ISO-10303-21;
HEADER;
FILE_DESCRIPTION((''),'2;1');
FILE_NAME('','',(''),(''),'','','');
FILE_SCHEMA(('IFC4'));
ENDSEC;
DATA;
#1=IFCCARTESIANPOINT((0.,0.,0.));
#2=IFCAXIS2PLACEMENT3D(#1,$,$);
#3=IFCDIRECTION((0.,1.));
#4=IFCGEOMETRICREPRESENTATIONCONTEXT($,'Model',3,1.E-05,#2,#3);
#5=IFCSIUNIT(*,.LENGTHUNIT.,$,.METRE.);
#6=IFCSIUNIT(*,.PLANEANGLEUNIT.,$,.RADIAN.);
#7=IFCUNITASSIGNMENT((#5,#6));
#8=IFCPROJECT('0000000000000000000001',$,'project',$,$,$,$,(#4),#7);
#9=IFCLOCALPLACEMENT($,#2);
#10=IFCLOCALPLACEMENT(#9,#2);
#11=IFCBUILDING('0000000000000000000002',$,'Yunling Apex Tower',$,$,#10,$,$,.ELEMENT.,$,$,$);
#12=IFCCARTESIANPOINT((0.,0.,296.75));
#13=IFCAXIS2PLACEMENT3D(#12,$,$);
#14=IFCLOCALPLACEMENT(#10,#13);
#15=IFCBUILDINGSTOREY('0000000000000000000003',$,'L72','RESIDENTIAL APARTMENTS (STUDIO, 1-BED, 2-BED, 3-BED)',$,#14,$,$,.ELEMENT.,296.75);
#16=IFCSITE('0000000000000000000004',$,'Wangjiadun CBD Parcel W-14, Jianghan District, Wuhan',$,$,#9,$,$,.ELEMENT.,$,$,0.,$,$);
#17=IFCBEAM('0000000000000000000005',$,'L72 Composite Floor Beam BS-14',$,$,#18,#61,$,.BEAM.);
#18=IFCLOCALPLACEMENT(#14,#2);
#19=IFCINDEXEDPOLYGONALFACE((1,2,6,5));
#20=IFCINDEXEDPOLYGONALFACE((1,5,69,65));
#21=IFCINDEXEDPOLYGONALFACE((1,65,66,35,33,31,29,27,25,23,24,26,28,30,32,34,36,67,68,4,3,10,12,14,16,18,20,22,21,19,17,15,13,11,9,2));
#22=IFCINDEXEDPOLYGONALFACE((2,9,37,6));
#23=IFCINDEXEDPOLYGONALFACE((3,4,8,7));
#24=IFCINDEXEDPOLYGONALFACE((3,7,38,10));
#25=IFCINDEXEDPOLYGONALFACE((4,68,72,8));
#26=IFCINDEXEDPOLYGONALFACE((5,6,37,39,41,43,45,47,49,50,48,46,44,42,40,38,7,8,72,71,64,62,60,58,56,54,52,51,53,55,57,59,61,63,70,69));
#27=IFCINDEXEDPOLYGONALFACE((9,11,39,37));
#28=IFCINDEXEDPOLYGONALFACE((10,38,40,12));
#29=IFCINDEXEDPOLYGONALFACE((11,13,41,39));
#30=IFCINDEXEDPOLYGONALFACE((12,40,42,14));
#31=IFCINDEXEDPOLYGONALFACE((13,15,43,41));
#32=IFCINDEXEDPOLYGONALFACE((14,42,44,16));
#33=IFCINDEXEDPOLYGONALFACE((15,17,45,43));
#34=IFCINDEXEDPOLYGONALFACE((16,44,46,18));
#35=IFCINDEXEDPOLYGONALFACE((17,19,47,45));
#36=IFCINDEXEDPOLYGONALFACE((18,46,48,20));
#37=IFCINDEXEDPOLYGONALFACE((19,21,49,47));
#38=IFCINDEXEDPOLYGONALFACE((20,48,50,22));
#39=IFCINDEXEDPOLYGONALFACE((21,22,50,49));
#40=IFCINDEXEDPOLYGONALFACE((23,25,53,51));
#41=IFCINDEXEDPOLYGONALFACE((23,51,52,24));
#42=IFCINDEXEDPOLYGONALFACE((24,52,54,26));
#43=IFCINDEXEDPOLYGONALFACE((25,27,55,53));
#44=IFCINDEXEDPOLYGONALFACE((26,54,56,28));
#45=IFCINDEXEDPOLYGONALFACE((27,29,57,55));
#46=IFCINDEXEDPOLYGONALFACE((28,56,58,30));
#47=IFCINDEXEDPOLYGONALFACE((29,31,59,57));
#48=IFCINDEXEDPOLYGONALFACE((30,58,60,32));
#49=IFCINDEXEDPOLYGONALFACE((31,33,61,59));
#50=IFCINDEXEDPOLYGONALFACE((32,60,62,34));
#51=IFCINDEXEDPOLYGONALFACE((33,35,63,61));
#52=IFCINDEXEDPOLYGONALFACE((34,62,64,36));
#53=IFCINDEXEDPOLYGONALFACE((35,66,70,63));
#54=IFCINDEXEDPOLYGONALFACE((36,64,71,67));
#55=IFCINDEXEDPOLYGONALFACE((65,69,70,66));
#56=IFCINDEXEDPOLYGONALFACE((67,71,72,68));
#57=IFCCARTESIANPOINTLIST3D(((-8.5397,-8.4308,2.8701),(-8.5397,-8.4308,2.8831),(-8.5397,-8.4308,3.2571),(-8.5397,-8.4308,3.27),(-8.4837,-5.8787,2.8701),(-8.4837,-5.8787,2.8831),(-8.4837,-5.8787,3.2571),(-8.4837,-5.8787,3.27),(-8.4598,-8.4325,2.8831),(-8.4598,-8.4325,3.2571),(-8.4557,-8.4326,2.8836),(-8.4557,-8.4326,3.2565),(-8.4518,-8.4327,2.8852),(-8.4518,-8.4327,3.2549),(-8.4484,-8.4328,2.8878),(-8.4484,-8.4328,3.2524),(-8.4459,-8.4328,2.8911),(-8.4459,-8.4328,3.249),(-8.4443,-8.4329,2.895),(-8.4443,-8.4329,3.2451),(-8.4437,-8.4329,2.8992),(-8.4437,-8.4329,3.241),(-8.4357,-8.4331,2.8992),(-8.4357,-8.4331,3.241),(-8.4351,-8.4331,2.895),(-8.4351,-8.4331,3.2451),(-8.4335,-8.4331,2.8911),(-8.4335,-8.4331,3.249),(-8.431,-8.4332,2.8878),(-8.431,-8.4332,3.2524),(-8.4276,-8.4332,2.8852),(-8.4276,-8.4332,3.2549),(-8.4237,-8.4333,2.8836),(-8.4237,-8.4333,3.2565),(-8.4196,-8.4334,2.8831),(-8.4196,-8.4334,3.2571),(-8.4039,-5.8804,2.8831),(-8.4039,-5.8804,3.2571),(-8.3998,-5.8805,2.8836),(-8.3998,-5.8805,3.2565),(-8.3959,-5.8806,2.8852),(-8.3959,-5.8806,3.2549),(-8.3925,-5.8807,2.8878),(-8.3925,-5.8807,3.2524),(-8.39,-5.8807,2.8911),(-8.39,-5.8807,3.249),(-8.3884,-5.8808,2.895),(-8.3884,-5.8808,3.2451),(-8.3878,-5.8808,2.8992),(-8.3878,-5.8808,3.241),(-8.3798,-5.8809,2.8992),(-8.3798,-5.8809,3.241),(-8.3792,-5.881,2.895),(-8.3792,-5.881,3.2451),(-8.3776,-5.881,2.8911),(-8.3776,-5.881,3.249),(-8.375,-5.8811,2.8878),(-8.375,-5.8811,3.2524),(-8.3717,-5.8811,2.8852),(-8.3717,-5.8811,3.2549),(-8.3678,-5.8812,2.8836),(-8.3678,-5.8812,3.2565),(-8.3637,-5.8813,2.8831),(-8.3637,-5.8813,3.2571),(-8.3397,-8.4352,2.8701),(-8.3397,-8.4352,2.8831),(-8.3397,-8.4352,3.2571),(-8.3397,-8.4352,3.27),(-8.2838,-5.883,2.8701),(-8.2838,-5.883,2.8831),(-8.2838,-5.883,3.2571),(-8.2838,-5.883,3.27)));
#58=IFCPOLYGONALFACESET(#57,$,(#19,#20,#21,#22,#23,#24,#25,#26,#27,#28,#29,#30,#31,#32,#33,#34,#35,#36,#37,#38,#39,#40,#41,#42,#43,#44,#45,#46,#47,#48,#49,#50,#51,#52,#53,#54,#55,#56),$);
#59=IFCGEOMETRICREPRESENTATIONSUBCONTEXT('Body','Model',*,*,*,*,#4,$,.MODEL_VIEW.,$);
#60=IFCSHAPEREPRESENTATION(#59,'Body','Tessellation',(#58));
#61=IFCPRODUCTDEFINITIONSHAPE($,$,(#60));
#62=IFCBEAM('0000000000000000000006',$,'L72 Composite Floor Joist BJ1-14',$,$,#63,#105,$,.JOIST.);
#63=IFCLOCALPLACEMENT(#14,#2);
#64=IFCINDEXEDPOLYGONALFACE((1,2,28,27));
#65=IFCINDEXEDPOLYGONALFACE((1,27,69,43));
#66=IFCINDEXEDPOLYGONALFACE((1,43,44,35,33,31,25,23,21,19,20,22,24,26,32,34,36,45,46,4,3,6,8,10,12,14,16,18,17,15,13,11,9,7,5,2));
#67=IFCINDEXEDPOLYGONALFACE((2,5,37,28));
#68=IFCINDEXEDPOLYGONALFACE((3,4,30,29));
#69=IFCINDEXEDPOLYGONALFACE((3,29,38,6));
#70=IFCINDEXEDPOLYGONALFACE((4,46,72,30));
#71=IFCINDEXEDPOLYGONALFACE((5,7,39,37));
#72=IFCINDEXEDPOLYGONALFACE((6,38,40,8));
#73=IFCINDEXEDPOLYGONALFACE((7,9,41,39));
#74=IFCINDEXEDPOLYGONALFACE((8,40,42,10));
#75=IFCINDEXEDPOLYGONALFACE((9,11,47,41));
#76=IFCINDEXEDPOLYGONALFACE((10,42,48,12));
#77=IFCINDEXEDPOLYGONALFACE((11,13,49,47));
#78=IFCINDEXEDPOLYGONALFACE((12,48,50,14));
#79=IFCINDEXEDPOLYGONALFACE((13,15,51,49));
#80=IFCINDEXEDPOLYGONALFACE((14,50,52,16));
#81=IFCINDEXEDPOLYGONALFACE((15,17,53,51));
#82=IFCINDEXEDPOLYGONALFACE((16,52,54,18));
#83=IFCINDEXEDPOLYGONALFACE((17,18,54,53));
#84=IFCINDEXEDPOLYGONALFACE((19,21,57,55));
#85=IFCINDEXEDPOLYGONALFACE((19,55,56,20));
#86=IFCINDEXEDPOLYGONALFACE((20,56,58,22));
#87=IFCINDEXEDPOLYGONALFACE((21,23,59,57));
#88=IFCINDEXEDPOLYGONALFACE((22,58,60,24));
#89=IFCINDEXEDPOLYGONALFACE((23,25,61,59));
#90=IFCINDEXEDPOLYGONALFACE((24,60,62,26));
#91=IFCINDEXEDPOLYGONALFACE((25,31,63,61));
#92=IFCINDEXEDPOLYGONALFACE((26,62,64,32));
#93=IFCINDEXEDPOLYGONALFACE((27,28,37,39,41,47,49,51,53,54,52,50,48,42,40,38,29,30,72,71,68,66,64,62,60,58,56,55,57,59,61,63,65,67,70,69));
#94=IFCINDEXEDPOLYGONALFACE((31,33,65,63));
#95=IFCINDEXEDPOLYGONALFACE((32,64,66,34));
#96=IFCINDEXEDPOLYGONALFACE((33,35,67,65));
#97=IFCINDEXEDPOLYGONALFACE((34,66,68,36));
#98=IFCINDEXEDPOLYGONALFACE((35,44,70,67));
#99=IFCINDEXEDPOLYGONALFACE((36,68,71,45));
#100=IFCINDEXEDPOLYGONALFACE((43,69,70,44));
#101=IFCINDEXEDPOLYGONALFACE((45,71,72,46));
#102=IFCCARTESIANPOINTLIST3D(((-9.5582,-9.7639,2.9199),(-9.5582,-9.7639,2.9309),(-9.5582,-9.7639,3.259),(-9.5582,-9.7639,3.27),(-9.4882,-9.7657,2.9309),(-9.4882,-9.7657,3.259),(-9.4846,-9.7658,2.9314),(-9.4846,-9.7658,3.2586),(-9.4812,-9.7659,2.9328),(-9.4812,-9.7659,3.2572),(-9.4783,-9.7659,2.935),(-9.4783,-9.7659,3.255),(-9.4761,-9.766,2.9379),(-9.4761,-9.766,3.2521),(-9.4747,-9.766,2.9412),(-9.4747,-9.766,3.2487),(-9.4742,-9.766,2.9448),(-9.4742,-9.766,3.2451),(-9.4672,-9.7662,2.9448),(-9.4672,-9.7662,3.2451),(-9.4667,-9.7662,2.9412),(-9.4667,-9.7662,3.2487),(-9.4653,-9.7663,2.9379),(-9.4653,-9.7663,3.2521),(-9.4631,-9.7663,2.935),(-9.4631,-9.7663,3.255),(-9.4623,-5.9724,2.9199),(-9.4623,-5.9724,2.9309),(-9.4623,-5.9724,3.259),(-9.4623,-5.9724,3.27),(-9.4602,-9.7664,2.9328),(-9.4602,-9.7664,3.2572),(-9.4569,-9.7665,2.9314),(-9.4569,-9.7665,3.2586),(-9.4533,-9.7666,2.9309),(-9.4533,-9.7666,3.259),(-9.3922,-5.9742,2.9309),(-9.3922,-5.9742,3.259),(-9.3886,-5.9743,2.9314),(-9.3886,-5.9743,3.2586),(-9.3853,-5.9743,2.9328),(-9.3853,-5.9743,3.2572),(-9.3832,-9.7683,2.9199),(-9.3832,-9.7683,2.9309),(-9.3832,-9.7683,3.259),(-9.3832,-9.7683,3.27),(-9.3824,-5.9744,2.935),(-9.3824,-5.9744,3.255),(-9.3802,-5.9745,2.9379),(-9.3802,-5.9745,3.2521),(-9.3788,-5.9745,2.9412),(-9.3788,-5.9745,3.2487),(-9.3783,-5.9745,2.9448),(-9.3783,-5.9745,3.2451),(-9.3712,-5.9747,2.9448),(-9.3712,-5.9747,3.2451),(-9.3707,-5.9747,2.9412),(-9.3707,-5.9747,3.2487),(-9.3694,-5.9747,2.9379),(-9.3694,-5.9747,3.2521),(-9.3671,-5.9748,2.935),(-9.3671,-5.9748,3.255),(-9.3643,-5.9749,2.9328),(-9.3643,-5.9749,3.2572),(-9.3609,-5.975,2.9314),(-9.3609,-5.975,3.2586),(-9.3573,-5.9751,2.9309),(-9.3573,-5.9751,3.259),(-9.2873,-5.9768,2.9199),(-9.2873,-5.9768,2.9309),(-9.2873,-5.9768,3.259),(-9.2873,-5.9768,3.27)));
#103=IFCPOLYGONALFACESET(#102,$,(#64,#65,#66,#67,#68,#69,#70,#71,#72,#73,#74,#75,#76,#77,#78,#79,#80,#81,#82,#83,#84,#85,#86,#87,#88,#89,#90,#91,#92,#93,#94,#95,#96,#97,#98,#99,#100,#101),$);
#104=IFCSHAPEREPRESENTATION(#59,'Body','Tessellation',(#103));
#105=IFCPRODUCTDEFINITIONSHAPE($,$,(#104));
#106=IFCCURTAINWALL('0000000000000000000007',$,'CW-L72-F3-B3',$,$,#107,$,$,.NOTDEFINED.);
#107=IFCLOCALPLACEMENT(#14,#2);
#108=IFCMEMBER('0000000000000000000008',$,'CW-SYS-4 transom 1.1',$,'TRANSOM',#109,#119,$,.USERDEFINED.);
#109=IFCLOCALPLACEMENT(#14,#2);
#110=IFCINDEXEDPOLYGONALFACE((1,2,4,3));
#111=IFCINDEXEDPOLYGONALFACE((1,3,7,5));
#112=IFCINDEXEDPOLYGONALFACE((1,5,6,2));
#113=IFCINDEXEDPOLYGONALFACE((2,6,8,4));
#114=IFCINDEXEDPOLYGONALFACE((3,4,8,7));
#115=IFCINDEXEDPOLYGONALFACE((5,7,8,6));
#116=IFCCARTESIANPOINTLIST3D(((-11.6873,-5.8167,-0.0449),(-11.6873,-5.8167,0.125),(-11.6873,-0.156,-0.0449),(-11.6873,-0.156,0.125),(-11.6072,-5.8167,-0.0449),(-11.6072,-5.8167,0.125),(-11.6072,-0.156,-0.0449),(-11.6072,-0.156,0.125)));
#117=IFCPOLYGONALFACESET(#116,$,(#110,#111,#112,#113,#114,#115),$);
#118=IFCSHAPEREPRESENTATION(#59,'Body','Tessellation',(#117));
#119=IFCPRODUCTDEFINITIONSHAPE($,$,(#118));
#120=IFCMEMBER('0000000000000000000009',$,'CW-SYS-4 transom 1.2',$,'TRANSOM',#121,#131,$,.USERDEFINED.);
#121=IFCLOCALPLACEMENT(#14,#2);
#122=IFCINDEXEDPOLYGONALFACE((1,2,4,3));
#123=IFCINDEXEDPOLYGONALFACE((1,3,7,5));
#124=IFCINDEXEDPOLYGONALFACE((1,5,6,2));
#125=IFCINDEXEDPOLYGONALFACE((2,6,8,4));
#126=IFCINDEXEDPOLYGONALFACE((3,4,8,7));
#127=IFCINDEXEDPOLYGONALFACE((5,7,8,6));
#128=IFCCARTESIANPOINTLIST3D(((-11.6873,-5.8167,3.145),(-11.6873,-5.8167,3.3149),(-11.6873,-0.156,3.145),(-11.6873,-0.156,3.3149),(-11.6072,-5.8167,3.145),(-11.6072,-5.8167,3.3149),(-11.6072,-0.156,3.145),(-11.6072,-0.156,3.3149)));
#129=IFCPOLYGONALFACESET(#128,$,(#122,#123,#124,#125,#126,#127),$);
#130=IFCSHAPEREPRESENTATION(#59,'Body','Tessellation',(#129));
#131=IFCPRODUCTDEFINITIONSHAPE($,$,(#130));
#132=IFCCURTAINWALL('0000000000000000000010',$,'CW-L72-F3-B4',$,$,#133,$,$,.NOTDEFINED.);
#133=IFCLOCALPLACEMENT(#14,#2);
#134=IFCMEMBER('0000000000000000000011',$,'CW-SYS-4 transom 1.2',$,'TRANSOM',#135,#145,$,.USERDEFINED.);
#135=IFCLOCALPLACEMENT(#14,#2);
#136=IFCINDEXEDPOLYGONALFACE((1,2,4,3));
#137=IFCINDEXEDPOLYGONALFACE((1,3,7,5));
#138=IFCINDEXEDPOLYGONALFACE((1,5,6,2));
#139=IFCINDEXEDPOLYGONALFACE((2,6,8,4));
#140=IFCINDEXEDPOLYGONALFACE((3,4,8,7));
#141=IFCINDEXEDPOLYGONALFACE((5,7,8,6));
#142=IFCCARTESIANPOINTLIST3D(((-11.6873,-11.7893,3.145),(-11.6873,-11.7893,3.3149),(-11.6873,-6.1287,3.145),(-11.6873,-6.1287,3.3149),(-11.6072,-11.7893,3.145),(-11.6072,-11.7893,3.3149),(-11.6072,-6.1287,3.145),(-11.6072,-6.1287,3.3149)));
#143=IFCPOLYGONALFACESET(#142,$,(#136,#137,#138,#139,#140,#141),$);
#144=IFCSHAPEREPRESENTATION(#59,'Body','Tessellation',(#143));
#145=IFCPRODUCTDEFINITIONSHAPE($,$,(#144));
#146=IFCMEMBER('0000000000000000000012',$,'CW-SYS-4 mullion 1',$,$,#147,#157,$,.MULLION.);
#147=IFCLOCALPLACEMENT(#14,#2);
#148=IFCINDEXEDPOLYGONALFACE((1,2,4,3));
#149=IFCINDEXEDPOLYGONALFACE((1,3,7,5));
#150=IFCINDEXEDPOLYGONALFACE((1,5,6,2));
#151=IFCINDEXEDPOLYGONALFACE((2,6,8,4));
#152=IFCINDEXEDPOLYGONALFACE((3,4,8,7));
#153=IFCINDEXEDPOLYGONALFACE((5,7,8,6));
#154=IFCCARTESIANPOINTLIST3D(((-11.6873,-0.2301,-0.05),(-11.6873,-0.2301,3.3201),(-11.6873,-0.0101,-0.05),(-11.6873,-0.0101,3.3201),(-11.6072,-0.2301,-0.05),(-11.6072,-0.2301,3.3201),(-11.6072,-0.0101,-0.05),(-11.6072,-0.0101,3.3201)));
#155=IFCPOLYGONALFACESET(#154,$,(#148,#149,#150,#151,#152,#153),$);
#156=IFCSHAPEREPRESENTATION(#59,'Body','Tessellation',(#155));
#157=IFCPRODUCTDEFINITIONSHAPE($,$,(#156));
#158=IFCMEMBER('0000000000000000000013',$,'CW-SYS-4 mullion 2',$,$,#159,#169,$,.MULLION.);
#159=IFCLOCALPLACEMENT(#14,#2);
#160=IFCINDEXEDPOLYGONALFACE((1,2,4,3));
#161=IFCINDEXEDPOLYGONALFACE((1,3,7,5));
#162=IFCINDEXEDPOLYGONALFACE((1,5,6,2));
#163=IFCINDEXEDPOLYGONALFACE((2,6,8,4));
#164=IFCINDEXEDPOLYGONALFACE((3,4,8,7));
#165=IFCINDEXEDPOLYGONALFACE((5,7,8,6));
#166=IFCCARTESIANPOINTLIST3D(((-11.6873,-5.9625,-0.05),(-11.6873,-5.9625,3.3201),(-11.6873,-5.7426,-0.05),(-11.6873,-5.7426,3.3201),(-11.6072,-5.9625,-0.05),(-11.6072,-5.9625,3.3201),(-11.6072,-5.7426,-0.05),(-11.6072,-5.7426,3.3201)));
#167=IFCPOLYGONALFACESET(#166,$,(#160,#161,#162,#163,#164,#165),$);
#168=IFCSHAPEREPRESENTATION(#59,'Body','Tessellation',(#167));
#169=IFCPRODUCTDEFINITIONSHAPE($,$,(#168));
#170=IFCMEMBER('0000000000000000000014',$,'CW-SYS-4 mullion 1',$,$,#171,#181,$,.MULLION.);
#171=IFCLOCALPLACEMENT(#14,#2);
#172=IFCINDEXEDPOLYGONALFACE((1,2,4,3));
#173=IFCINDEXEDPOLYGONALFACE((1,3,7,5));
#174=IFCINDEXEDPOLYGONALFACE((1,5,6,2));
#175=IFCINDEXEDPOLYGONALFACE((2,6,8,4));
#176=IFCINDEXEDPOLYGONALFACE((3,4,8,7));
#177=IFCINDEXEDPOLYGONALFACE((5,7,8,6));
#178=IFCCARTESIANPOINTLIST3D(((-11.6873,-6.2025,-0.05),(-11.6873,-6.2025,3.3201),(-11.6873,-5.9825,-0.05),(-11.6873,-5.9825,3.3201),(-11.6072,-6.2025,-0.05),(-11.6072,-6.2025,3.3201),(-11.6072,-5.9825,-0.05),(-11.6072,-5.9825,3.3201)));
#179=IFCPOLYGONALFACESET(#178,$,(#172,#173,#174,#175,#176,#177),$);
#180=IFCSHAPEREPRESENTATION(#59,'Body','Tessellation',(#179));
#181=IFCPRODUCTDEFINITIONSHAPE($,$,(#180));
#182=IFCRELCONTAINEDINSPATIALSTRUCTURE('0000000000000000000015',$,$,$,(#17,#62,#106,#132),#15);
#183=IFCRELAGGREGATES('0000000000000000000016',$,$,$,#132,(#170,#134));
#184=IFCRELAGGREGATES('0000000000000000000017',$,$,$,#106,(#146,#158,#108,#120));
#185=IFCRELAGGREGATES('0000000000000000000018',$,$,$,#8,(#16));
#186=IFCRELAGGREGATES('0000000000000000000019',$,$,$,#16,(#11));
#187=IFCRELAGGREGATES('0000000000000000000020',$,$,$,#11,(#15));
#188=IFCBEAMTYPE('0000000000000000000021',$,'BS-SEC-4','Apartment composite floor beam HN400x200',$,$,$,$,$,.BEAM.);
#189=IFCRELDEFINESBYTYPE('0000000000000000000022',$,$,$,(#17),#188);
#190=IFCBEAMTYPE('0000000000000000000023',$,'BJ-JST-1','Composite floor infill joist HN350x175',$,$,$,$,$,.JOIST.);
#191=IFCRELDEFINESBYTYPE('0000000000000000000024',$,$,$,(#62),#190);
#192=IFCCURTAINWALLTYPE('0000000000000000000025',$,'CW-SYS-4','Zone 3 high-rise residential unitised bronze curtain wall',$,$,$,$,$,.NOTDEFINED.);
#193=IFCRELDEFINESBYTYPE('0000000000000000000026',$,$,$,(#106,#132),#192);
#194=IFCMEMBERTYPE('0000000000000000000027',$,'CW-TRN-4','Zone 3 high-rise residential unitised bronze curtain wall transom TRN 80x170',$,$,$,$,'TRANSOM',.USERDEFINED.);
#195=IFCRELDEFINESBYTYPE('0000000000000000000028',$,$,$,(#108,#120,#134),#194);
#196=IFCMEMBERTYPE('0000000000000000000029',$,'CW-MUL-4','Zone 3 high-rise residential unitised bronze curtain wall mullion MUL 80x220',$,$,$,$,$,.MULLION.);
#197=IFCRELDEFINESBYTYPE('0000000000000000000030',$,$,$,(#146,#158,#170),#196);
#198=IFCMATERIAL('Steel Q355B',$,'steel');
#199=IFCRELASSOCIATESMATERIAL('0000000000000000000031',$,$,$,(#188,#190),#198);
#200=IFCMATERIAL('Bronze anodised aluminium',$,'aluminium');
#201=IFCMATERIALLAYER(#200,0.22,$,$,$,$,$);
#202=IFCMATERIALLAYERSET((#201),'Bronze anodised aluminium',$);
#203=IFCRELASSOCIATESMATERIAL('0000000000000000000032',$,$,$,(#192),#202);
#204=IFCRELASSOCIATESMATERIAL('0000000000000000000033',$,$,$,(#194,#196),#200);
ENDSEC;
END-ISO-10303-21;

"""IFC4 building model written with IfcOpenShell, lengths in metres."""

from ifc_helpers import new_model, si_unit, direction, frame, origin, origin_2d, place, context, subcontext, project, spatial, rectangle, i_section, extrude, source, transform, mapped, material, layer, layer_set, material_profile, profile_set, type_object, element, aggregate, save


model = new_model("IFC4")

# Units and contexts
model_context = context("Model", 3, precision=1e-05, world=origin(), true_north=direction((0.0, 1.0)))
body_context = subcontext(model_context, "Body", "Model", "MODEL_VIEW")
ifc_project = project(units=[si_unit("LENGTHUNIT", "METRE"), si_unit("PLANEANGLEUNIT", "RADIAN")], contexts=[model_context])

# Site, building, storey
site_placement = place(None, origin())
site = spatial("IfcSite", under=ifc_project, at=site_placement, Name="Wangjiadun CBD Parcel W-14, Jianghan District, Wuhan", CompositionType="ELEMENT", RefElevation=0.0)
building_placement = place(site_placement, origin())
building = spatial("IfcBuilding", under=site, at=building_placement, Name="Yunling Apex Tower", CompositionType="ELEMENT")
storey_placement = place(building_placement, frame((0.0, 0.0, 296.75)))
storey = spatial("IfcBuildingStorey", under=building, at=storey_placement, Name="L72", Description="RESIDENTIAL APARTMENTS (STUDIO, 1-BED, 2-BED, 3-BED)", CompositionType="ELEMENT", Elevation=296.75)

# Shared definitions
ifc_material_1 = material(Name="Steel Q355B", Category="steel")

# Beams
ifc_material_profile_1 = material_profile(ifc_material_1, i_section(OverallWidth=0.2, OverallDepth=0.3999, WebThickness=0.0081, FlangeThickness=0.0129, FilletRadius=0.0161, at=origin_2d()))
ifc_profile_set_1 = profile_set([ifc_material_profile_1], Name="Steel Q355B")
beam_type_1 = type_object("IfcBeamType", Name="BS-SEC-4", Description="Apartment composite floor beam HN400x200", PredefinedType="BEAM", material=ifc_profile_set_1)
ifc_material_profile_2 = material_profile(ifc_material_1, i_section(OverallWidth=0.175, OverallDepth=0.3501, WebThickness=0.0071, FlangeThickness=0.011, FilletRadius=0.0139, at=origin_2d()))
ifc_profile_set_2 = profile_set([ifc_material_profile_2], Name="Steel Q355B")
beam_type_2 = type_object("IfcBeamType", Name="BJ-JST-1", Description="Composite floor infill joist HN350x175", PredefinedType="JOIST", material=ifc_profile_set_2)
shared_shape_1 = source(origin(), body_context, "Body", "SweptSolid", [
    extrude(i_section(OverallWidth=0.2, OverallDepth=0.3999, WebThickness=0.0081, FlangeThickness=0.0129, FilletRadius=0.0161, at=origin_2d()), origin(), (0.0, 0.0, 1.0), 2.5527),
])
beam_1_placement = place(storey_placement, frame((-8.3838, -5.8809, 3.0701), z_axis=(-0.021902, -0.99976, 0.0), x_axis=(0.99976, -0.021902, 0.0)))
element("IfcBeam", 1, at=beam_1_placement, inside=storey, type_object=beam_type_1, Name="L72 Composite Floor Beam BS-14", PredefinedType="BEAM", context=body_context, shape_type="MappedRepresentation", body=[
    mapped(shared_shape_1, transform((0.0, 0.0, 0.0), scale=1.0)),
])
shared_shape_2 = source(origin(), body_context, "Body", "SweptSolid", [
    extrude(i_section(OverallWidth=0.175, OverallDepth=0.3501, WebThickness=0.0071, FlangeThickness=0.011, FilletRadius=0.0139, at=origin_2d()), origin(), (0.0, 0.0, 1.0), 3.7927),
])
beam_2_placement = place(storey_placement, frame((-9.3748, -5.9746, 3.095), z_axis=(-0.025298, -0.99968, 0.0), x_axis=(0.99968, -0.025298, 0.0)))
element("IfcBeam", 2, at=beam_2_placement, inside=storey, type_object=beam_type_2, Name="L72 Composite Floor Joist BJ1-14", PredefinedType="JOIST", context=body_context, shape_type="MappedRepresentation", body=[
    mapped(shared_shape_2, transform((0.0, 0.0, 0.0), scale=1.0)),
])

# Curtain wall, members
ifc_material_2 = material(Name="Bronze anodised aluminium", Category="aluminium")
ifc_layer_1 = layer(ifc_material_2, 0.22)
ifc_layer_set_1 = layer_set([ifc_layer_1], Name="Bronze anodised aluminium")
curtain_wall_type = type_object("IfcCurtainWallType", Name="CW-SYS-4", Description="Zone 3 high-rise residential unitised bronze curtain wall", PredefinedType="NOTDEFINED", material=ifc_layer_set_1)
curtain_wall_1_placement = place(storey_placement, origin())
curtain_wall_1 = element("IfcCurtainWall", 3, at=curtain_wall_1_placement, inside=storey, type_object=curtain_wall_type, Name="CW-L72-F3-B3", PredefinedType="NOTDEFINED")
ifc_material_profile_3 = material_profile(ifc_material_2, rectangle(XDim=0.0801, YDim=0.1699, at=origin_2d()))
ifc_profile_set_3 = profile_set([ifc_material_profile_3], Name="Bronze anodised aluminium")
member_type_1 = type_object("IfcMemberType", Name="CW-TRN-4", Description="Zone 3 high-rise residential unitised bronze curtain wall transom TRN 80x170", ElementType="TRANSOM", PredefinedType="USERDEFINED", material=ifc_profile_set_3)
shared_shape_3 = source(origin(), body_context, "Body", "SweptSolid", [
    extrude(rectangle(XDim=0.0801, YDim=0.1699, at=origin_2d()), origin(), (0.0, 0.0, 1.0), 5.6606),
])
member_1_placement = place(storey_placement, frame((-11.6472, -0.156, 0.04), z_axis=(0.0, -1.0, 0.0), x_axis=(1.0, 0.0, 0.0)))
member_1 = element("IfcMember", 4, at=member_1_placement, type_object=member_type_1, Name="CW-SYS-4 transom 1.1", ObjectType="TRANSOM", PredefinedType="USERDEFINED", context=body_context, shape_type="MappedRepresentation", body=[
    mapped(shared_shape_3, transform((0.0, 0.0, 0.0), scale=1.0)),
])
member_2_placement = place(storey_placement, frame((-11.6472, -0.156, 3.23), z_axis=(0.0, -1.0, 0.0), x_axis=(1.0, 0.0, 0.0)))
member_2 = element("IfcMember", 5, at=member_2_placement, type_object=member_type_1, Name="CW-SYS-4 transom 1.2", ObjectType="TRANSOM", PredefinedType="USERDEFINED", context=body_context, shape_type="MappedRepresentation", body=[
    mapped(shared_shape_3, transform((0.0, 0.0, 0.0), scale=1.0)),
])

# Curtain wall, member
curtain_wall_2_placement = place(storey_placement, origin())
curtain_wall_2 = element("IfcCurtainWall", 6, at=curtain_wall_2_placement, inside=storey, type_object=curtain_wall_type, Name="CW-L72-F3-B4", PredefinedType="NOTDEFINED")
member_3_placement = place(storey_placement, frame((-11.6472, -6.1287, 3.23), z_axis=(0.0, -1.0, 0.0), x_axis=(1.0, 0.0, 0.0)))
member_3 = element("IfcMember", 7, at=member_3_placement, type_object=member_type_1, Name="CW-SYS-4 transom 1.2", ObjectType="TRANSOM", PredefinedType="USERDEFINED", context=body_context, shape_type="MappedRepresentation", body=[
    mapped(shared_shape_3, transform((0.0, 0.0, 0.0), scale=1.0)),
])

# Members
ifc_material_profile_4 = material_profile(ifc_material_2, rectangle(XDim=0.0801, YDim=0.22, at=origin_2d()))
ifc_profile_set_4 = profile_set([ifc_material_profile_4], Name="Bronze anodised aluminium")
member_type_2 = type_object("IfcMemberType", Name="CW-MUL-4", Description="Zone 3 high-rise residential unitised bronze curtain wall mullion MUL 80x220", PredefinedType="MULLION", material=ifc_profile_set_4)
shared_shape_4 = source(origin(), body_context, "Body", "SweptSolid", [
    extrude(rectangle(XDim=0.0801, YDim=0.22, at=origin_2d()), origin(), (0.0, 0.0, 1.0), 3.3701),
])
member_4_placement = place(storey_placement, frame((-11.6472, -0.1201, -0.05), z_axis=(0.0, 0.0, 1.0), x_axis=(1.0, 0.0, 0.0)))
member_4 = element("IfcMember", 8, at=member_4_placement, type_object=member_type_2, Name="CW-SYS-4 mullion 1", PredefinedType="MULLION", context=body_context, shape_type="MappedRepresentation", body=[
    mapped(shared_shape_4, transform((0.0, 0.0, 0.0), scale=1.0)),
])
member_5_placement = place(storey_placement, frame((-11.6472, -5.8525, -0.05), z_axis=(0.0, 0.0, 1.0), x_axis=(1.0, 0.0, 0.0)))
member_5 = element("IfcMember", 9, at=member_5_placement, type_object=member_type_2, Name="CW-SYS-4 mullion 2", PredefinedType="MULLION", context=body_context, shape_type="MappedRepresentation", body=[
    mapped(shared_shape_4, transform((0.0, 0.0, 0.0), scale=1.0)),
])
member_6_placement = place(storey_placement, frame((-11.6472, -6.0925, -0.05), z_axis=(0.0, 0.0, 1.0), x_axis=(1.0, 0.0, 0.0)))
member_6 = element("IfcMember", 10, at=member_6_placement, type_object=member_type_2, Name="CW-SYS-4 mullion 1", PredefinedType="MULLION", context=body_context, shape_type="MappedRepresentation", body=[
    mapped(shared_shape_4, transform((0.0, 0.0, 0.0), scale=1.0)),
])
aggregate(curtain_wall_2, [member_6, member_3])

aggregate(curtain_wall_1, [member_4, member_5, member_1, member_2])

save(model, "model.ifc")
